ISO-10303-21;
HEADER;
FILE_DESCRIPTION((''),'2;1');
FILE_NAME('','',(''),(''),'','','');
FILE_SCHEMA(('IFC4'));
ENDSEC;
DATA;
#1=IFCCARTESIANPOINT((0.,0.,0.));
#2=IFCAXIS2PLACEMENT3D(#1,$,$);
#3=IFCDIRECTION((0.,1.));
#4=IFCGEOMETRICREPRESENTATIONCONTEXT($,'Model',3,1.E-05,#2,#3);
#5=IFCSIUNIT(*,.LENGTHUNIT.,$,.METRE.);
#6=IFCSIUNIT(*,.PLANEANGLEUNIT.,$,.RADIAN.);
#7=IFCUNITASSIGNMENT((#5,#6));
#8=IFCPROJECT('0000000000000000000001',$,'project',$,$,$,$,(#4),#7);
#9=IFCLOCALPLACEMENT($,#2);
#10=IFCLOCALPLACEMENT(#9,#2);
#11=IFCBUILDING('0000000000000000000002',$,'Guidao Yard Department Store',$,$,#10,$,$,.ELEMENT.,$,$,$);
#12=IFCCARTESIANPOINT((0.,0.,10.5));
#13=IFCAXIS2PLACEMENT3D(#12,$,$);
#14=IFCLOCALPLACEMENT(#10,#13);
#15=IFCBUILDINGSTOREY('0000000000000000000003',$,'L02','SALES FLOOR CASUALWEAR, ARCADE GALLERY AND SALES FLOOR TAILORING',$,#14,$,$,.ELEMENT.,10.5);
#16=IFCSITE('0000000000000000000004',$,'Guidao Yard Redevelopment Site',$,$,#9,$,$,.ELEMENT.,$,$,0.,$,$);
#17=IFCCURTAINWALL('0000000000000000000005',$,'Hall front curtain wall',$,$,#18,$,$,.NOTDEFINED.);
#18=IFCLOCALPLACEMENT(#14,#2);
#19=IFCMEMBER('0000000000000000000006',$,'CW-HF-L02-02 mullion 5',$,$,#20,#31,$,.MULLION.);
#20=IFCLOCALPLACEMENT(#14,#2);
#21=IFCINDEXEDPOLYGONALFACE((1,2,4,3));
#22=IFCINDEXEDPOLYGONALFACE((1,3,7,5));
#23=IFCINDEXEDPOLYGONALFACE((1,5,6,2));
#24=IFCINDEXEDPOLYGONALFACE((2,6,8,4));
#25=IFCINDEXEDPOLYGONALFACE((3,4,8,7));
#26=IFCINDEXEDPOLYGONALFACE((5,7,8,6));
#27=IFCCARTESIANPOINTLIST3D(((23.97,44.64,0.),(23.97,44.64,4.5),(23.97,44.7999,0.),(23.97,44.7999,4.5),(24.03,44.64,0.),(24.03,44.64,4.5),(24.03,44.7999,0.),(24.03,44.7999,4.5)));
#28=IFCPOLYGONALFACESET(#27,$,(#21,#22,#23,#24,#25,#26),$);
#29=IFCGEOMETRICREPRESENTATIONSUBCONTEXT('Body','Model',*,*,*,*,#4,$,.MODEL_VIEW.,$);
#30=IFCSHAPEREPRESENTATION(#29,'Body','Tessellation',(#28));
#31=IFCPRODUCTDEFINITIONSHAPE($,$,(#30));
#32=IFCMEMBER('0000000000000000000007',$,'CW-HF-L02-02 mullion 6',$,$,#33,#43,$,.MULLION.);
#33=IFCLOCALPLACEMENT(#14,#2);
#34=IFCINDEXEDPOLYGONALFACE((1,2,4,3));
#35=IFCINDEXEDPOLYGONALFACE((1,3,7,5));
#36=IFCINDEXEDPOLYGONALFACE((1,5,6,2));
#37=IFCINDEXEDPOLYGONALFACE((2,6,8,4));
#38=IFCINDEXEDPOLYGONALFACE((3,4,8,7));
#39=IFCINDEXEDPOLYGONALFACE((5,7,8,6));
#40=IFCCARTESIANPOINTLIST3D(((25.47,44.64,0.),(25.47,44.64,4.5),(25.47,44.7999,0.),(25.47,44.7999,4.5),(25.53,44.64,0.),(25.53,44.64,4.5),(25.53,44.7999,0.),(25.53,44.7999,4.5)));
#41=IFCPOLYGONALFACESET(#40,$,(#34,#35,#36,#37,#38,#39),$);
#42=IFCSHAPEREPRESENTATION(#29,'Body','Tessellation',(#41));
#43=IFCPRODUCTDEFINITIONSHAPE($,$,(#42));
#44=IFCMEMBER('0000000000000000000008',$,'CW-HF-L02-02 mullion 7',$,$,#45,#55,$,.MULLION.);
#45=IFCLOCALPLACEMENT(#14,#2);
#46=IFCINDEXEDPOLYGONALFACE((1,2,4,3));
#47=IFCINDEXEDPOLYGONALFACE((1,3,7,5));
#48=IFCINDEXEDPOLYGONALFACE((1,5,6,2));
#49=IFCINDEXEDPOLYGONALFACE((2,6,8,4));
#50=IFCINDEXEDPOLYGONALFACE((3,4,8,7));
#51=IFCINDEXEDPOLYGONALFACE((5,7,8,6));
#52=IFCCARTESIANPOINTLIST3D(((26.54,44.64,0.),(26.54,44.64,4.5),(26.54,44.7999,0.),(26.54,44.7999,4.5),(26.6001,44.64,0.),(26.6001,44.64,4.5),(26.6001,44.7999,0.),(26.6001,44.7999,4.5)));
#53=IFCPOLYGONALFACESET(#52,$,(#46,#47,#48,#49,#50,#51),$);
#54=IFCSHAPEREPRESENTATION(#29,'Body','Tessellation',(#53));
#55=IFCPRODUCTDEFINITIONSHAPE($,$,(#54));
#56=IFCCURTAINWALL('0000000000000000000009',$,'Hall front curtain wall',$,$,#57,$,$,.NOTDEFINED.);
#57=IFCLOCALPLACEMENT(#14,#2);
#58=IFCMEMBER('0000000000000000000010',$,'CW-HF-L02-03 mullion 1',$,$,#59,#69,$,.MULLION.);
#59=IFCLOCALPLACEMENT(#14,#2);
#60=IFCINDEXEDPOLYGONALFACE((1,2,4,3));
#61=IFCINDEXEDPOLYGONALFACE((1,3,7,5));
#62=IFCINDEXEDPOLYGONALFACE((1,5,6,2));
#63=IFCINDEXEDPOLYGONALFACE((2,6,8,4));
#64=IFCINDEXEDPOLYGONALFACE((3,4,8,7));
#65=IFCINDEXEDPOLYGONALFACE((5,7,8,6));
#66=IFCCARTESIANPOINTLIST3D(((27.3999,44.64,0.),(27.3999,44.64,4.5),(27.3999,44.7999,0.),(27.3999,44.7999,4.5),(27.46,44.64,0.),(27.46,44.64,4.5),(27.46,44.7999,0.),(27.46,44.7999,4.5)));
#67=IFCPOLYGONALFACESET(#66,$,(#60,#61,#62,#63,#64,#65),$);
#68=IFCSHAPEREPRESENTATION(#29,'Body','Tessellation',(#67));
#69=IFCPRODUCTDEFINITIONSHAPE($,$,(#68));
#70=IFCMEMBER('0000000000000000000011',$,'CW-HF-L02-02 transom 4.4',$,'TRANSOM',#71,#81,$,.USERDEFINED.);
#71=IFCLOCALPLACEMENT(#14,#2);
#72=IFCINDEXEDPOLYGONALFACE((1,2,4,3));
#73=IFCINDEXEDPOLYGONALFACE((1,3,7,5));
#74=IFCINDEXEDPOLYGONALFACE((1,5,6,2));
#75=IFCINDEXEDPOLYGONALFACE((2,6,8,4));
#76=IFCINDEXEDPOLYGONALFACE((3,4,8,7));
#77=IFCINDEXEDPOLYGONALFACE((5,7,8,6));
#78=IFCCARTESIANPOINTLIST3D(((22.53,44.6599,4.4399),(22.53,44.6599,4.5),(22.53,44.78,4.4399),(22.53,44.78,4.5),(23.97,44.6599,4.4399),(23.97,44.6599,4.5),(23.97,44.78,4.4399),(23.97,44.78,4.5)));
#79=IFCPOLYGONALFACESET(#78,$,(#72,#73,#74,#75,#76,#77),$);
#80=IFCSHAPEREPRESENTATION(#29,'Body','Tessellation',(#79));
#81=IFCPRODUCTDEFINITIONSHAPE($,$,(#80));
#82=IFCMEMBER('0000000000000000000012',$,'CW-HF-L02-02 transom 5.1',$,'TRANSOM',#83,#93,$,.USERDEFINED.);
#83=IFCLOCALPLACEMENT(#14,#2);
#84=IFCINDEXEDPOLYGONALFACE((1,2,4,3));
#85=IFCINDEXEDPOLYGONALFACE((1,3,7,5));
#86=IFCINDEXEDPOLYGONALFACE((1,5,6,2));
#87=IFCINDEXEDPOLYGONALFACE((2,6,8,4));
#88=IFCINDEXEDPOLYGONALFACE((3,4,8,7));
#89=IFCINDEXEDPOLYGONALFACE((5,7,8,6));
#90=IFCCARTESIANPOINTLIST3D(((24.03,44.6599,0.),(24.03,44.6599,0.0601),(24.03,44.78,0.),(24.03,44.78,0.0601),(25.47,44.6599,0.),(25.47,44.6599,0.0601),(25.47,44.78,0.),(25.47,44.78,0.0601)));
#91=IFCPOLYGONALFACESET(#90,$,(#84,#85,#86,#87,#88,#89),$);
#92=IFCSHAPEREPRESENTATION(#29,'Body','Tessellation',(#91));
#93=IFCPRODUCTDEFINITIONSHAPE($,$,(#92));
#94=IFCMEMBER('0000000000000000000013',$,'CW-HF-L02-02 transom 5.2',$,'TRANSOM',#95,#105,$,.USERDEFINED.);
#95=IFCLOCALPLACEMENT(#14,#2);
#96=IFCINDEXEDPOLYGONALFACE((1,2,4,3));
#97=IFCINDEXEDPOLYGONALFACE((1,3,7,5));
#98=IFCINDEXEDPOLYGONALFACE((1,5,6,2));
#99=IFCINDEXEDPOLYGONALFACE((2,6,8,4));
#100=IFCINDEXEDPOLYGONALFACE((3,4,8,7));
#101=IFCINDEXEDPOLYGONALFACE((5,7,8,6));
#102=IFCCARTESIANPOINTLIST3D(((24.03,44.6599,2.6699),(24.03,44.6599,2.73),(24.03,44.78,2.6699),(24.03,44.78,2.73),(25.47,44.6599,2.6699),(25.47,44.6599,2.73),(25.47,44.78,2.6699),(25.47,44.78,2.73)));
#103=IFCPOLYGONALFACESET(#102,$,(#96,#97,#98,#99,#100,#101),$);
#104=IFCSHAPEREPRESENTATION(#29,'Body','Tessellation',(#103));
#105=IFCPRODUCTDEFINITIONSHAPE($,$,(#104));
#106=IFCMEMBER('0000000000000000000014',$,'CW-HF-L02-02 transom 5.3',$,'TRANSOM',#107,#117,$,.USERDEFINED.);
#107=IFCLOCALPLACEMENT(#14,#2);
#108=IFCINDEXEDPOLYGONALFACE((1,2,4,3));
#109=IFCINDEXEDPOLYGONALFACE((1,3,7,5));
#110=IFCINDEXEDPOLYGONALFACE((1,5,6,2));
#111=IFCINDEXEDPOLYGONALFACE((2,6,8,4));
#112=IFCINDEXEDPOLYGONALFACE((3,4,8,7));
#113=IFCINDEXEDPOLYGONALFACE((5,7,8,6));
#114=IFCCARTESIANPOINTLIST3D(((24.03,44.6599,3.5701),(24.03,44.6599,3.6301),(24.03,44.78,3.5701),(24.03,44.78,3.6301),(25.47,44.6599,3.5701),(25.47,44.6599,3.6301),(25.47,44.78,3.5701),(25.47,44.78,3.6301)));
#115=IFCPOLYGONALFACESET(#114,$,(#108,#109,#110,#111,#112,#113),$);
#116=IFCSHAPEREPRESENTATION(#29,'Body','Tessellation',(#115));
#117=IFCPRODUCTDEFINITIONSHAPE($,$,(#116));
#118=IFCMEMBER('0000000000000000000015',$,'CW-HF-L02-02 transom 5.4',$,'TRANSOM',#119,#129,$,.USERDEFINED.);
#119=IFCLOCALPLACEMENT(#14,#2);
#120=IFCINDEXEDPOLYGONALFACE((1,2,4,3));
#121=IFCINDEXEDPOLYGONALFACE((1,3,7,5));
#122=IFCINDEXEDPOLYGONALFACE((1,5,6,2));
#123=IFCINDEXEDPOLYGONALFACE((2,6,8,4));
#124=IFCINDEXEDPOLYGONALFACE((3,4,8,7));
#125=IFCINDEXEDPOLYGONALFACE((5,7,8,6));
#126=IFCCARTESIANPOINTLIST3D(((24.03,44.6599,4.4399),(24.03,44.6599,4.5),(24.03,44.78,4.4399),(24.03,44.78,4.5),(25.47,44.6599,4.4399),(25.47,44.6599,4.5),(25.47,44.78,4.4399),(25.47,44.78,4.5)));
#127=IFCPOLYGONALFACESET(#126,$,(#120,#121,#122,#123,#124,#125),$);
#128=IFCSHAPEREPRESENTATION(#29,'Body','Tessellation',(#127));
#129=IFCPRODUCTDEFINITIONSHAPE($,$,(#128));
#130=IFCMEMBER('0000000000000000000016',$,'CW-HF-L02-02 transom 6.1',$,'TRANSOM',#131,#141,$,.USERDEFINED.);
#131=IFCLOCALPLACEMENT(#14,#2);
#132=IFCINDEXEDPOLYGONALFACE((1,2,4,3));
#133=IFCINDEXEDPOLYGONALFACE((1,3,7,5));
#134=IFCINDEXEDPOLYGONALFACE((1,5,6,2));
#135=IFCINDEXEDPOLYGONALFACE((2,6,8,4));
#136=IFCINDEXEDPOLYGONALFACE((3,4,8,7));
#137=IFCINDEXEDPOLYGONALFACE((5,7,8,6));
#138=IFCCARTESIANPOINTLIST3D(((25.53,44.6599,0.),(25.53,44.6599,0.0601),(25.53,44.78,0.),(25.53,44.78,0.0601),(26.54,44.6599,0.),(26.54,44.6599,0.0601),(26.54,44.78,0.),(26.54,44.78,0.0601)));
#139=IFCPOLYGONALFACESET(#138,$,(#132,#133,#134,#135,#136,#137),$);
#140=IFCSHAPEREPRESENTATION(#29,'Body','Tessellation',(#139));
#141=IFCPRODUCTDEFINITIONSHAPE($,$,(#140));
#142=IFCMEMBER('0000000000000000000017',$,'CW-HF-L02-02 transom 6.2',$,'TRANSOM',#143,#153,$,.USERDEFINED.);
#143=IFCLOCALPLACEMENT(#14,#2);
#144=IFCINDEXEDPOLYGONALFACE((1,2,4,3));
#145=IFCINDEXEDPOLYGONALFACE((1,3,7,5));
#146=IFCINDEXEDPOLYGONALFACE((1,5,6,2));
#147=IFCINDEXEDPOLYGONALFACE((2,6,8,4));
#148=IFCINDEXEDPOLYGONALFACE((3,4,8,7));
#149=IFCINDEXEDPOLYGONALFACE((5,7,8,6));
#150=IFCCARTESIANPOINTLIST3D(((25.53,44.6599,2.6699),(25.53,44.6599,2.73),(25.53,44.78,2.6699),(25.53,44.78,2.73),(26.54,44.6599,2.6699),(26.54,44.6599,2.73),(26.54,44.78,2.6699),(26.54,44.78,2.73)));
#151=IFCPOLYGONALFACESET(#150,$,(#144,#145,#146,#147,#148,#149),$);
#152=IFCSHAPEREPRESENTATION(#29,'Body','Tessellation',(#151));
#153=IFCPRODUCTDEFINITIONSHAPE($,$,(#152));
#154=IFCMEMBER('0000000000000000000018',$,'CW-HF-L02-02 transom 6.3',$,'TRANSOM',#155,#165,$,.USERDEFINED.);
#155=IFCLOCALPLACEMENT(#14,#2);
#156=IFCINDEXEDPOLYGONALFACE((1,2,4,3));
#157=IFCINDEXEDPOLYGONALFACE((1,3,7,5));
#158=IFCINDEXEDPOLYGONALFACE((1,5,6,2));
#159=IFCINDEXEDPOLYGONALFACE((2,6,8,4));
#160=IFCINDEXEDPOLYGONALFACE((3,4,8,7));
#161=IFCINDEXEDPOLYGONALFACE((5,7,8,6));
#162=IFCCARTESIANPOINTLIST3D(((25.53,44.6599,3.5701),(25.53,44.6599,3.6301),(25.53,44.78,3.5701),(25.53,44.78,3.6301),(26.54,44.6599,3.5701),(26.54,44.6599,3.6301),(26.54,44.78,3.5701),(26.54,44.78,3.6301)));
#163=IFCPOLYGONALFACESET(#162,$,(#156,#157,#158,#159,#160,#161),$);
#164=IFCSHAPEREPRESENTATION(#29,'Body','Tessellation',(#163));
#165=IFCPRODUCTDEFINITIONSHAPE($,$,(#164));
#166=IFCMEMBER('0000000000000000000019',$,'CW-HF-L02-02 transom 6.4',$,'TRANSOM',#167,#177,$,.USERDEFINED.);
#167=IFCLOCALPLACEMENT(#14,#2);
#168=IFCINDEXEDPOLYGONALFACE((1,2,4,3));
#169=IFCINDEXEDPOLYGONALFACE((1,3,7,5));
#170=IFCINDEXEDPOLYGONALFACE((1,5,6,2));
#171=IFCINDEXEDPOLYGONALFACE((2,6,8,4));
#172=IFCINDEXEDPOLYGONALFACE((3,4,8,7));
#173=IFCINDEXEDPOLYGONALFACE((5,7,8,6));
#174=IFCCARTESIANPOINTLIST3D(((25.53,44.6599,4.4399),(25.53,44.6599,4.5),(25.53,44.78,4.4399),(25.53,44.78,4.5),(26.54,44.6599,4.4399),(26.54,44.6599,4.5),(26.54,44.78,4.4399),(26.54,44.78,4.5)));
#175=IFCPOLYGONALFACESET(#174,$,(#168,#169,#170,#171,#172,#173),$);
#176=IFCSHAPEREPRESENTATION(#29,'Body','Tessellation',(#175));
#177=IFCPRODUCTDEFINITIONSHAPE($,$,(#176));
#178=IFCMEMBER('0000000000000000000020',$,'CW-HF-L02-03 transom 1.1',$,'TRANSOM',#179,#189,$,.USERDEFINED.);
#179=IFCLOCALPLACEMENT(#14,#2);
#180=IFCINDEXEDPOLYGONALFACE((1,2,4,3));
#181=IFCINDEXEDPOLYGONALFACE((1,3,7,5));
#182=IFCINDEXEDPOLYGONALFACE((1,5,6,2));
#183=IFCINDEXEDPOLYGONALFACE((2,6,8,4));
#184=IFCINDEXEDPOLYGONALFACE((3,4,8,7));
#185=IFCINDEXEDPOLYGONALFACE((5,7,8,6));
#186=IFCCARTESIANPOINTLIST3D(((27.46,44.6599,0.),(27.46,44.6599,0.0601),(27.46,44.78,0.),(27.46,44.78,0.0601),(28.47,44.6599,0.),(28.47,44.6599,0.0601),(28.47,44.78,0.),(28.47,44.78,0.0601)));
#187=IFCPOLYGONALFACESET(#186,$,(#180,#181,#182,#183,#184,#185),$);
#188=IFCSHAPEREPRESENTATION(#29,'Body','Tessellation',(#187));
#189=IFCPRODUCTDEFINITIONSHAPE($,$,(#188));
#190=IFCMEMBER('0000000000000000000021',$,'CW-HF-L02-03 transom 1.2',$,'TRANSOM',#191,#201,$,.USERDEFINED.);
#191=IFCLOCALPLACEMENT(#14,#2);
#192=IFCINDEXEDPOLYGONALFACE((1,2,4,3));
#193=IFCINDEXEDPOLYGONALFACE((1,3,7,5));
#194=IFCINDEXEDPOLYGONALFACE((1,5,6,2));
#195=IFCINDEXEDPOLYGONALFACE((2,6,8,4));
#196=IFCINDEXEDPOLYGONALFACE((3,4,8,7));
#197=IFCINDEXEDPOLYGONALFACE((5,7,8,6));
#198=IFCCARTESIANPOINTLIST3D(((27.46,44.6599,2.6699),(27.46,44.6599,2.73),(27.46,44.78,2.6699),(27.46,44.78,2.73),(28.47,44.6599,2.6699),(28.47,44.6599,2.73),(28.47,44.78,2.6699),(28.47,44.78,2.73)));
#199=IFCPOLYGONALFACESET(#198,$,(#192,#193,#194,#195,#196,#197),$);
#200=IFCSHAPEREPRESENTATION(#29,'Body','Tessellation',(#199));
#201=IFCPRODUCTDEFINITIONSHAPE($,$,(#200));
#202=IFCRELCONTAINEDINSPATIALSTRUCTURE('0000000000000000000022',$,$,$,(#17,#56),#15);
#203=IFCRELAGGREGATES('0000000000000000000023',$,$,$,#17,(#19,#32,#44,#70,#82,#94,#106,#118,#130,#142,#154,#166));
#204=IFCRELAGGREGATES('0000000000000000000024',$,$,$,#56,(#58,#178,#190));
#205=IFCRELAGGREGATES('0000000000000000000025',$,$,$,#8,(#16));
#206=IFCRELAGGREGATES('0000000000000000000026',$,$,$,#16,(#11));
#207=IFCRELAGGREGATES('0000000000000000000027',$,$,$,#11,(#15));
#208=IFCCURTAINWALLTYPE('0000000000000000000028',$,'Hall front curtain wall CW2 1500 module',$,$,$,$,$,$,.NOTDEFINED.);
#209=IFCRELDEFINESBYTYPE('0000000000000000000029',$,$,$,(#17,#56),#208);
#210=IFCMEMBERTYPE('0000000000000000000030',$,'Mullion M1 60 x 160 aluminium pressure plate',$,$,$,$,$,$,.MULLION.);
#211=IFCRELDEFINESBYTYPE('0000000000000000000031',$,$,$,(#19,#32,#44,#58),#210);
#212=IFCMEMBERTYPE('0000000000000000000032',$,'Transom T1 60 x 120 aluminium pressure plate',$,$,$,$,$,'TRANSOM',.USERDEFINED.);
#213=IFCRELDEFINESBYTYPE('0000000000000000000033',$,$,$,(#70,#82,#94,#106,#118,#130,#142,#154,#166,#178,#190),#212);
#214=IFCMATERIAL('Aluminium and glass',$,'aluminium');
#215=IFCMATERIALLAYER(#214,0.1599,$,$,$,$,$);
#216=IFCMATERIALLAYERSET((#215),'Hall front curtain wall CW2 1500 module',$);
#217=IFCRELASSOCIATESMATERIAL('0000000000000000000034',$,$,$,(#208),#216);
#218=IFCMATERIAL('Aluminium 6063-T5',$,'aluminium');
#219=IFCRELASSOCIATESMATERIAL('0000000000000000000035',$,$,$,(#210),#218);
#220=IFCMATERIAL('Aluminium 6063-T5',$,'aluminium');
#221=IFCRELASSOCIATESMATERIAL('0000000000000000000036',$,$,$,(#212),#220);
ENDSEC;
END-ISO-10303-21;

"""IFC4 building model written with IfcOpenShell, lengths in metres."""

from ifc_helpers import new_model, si_unit, direction, frame, origin, origin_2d, place, context, subcontext, project, spatial, rectangle, extrude, material, layer, layer_set, material_profile, profile_set, type_object, element, aggregate, save


model = new_model("IFC4")

# Units and contexts
model_context = context("Model", 3, precision=1e-05, world=origin(), true_north=direction((0.0, 1.0)))
body_context = subcontext(model_context, "Body", "Model", "MODEL_VIEW")
ifc_project = project(units=[si_unit("LENGTHUNIT", "METRE"), si_unit("PLANEANGLEUNIT", "RADIAN")], contexts=[model_context])

# Site, building, storey
site_placement = place(None, origin())
site = spatial("IfcSite", under=ifc_project, at=site_placement, Name="Guidao Yard Redevelopment Site", CompositionType="ELEMENT", RefElevation=0.0)
building_placement = place(site_placement, origin())
building = spatial("IfcBuilding", under=site, at=building_placement, Name="Guidao Yard Department Store", CompositionType="ELEMENT")
storey_placement = place(building_placement, frame((0.0, 0.0, 10.5)))
storey = spatial("IfcBuildingStorey", under=building, at=storey_placement, Name="L02", Description="SALES FLOOR CASUALWEAR, ARCADE GALLERY AND SALES FLOOR TAILORING", CompositionType="ELEMENT", Elevation=10.5)

# Curtain wall, members
ifc_material_1 = material(Name="Aluminium and glass", Category="aluminium")
ifc_layer_1 = layer(ifc_material_1, 0.1599)
ifc_layer_set_1 = layer_set([ifc_layer_1], Name="Hall front curtain wall CW2 1500 module")
curtain_wall_type = type_object("IfcCurtainWallType", Name="Hall front curtain wall CW2 1500 module", PredefinedType="NOTDEFINED", material=ifc_layer_set_1)
curtain_wall_1_placement = place(storey_placement, origin())
curtain_wall_1 = element("IfcCurtainWall", 1, at=curtain_wall_1_placement, inside=storey, type_object=curtain_wall_type, Name="Hall front curtain wall", PredefinedType="NOTDEFINED")
ifc_material_2 = material(Name="Aluminium 6063-T5", Category="aluminium")
ifc_material_profile_1 = material_profile(ifc_material_2, rectangle(XDim=0.0601, YDim=0.1599, at=origin_2d()), Name="Mullion M1 60 x 160 aluminium pressure plate")
ifc_profile_set_1 = profile_set([ifc_material_profile_1], Name="Aluminium 6063-T5")
member_type_1 = type_object("IfcMemberType", Name="Mullion M1 60 x 160 aluminium pressure plate", PredefinedType="MULLION", material=ifc_profile_set_1)
member_1_placement = place(storey_placement, frame((24.0, 44.72, 0.0), z_axis=(0.0, 0.0, 1.0), x_axis=(-1.0, 0.0, 0.0)))
member_1 = element("IfcMember", 2, at=member_1_placement, type_object=member_type_1, Name="CW-HF-L02-02 mullion 5", PredefinedType="MULLION", context=body_context, shape_type="SweptSolid", body=[
    extrude(rectangle(XDim=0.0601, YDim=0.1599, at=origin_2d()), origin(), (0.0, 0.0, 1.0), 4.5),
])
member_2_placement = place(storey_placement, frame((25.5, 44.72, 0.0), z_axis=(0.0, 0.0, 1.0), x_axis=(-1.0, 0.0, 0.0)))
member_2 = element("IfcMember", 3, at=member_2_placement, type_object=member_type_1, Name="CW-HF-L02-02 mullion 6", PredefinedType="MULLION", context=body_context, shape_type="SweptSolid", body=[
    extrude(rectangle(XDim=0.0601, YDim=0.1599, at=origin_2d()), origin(), (0.0, 0.0, 1.0), 4.5),
])
member_3_placement = place(storey_placement, frame((26.5701, 44.72, 0.0), z_axis=(0.0, 0.0, 1.0), x_axis=(-1.0, 0.0, 0.0)))
member_3 = element("IfcMember", 4, at=member_3_placement, type_object=member_type_1, Name="CW-HF-L02-02 mullion 7", PredefinedType="MULLION", context=body_context, shape_type="SweptSolid", body=[
    extrude(rectangle(XDim=0.0601, YDim=0.1599, at=origin_2d()), origin(), (0.0, 0.0, 1.0), 4.5),
])

# Curtain wall, member
curtain_wall_2_placement = place(storey_placement, origin())
curtain_wall_2 = element("IfcCurtainWall", 5, at=curtain_wall_2_placement, inside=storey, type_object=curtain_wall_type, Name="Hall front curtain wall", PredefinedType="NOTDEFINED")
member_4_placement = place(storey_placement, frame((27.4299, 44.72, 0.0), z_axis=(0.0, 0.0, 1.0), x_axis=(-1.0, 0.0, 0.0)))
member_4 = element("IfcMember", 6, at=member_4_placement, type_object=member_type_1, Name="CW-HF-L02-03 mullion 1", PredefinedType="MULLION", context=body_context, shape_type="SweptSolid", body=[
    extrude(rectangle(XDim=0.0601, YDim=0.1599, at=origin_2d()), origin(), (0.0, 0.0, 1.0), 4.5),
])

# Members
ifc_material_3 = material(Name="Aluminium 6063-T5", Category="aluminium")
ifc_material_profile_2 = material_profile(ifc_material_3, rectangle(XDim=0.1201, YDim=0.0601, at=origin_2d()), Name="Transom T1 60 x 120 aluminium pressure plate")
ifc_profile_set_2 = profile_set([ifc_material_profile_2], Name="Aluminium 6063-T5")
member_type_2 = type_object("IfcMemberType", Name="Transom T1 60 x 120 aluminium pressure plate", ElementType="TRANSOM", PredefinedType="USERDEFINED", material=ifc_profile_set_2)
member_5_placement = place(storey_placement, frame((23.97, 44.72, 4.47), z_axis=(-1.0, 0.0, 0.0), x_axis=(0.0, -1.0, 0.0)))
member_5 = element("IfcMember", 7, at=member_5_placement, type_object=member_type_2, Name="CW-HF-L02-02 transom 4.4", ObjectType="TRANSOM", PredefinedType="USERDEFINED", context=body_context, shape_type="SweptSolid", body=[
    extrude(rectangle(XDim=0.1201, YDim=0.0601, at=origin_2d()), origin(), (0.0, 0.0, 1.0), 1.4399),
])
member_6_placement = place(storey_placement, frame((25.47, 44.72, 0.03), z_axis=(-1.0, 0.0, 0.0), x_axis=(0.0, -1.0, 0.0)))
member_6 = element("IfcMember", 8, at=member_6_placement, type_object=member_type_2, Name="CW-HF-L02-02 transom 5.1", ObjectType="TRANSOM", PredefinedType="USERDEFINED", context=body_context, shape_type="SweptSolid", body=[
    extrude(rectangle(XDim=0.1201, YDim=0.0601, at=origin_2d()), origin(), (0.0, 0.0, 1.0), 1.4399),
])
member_7_placement = place(storey_placement, frame((25.47, 44.72, 2.7), z_axis=(-1.0, 0.0, 0.0), x_axis=(0.0, -1.0, 0.0)))
member_7 = element("IfcMember", 9, at=member_7_placement, type_object=member_type_2, Name="CW-HF-L02-02 transom 5.2", ObjectType="TRANSOM", PredefinedType="USERDEFINED", context=body_context, shape_type="SweptSolid", body=[
    extrude(rectangle(XDim=0.1201, YDim=0.0601, at=origin_2d()), origin(), (0.0, 0.0, 1.0), 1.4399),
])
member_8_placement = place(storey_placement, frame((25.47, 44.72, 3.6001), z_axis=(-1.0, 0.0, 0.0), x_axis=(0.0, -1.0, 0.0)))
member_8 = element("IfcMember", 10, at=member_8_placement, type_object=member_type_2, Name="CW-HF-L02-02 transom 5.3", ObjectType="TRANSOM", PredefinedType="USERDEFINED", context=body_context, shape_type="SweptSolid", body=[
    extrude(rectangle(XDim=0.1201, YDim=0.0601, at=origin_2d()), origin(), (0.0, 0.0, 1.0), 1.4399),
])
member_9_placement = place(storey_placement, frame((25.47, 44.72, 4.47), z_axis=(-1.0, 0.0, 0.0), x_axis=(0.0, -1.0, 0.0)))
member_9 = element("IfcMember", 11, at=member_9_placement, type_object=member_type_2, Name="CW-HF-L02-02 transom 5.4", ObjectType="TRANSOM", PredefinedType="USERDEFINED", context=body_context, shape_type="SweptSolid", body=[
    extrude(rectangle(XDim=0.1201, YDim=0.0601, at=origin_2d()), origin(), (0.0, 0.0, 1.0), 1.4399),
])
member_10_placement = place(storey_placement, frame((26.54, 44.72, 0.03), z_axis=(-1.0, 0.0, 0.0), x_axis=(0.0, -1.0, 0.0)))
member_10 = element("IfcMember", 12, at=member_10_placement, type_object=member_type_2, Name="CW-HF-L02-02 transom 6.1", ObjectType="TRANSOM", PredefinedType="USERDEFINED", context=body_context, shape_type="SweptSolid", body=[
    extrude(rectangle(XDim=0.1201, YDim=0.0601, at=origin_2d()), origin(), (0.0, 0.0, 1.0), 1.01),
])
member_11_placement = place(storey_placement, frame((26.54, 44.72, 2.7), z_axis=(-1.0, 0.0, 0.0), x_axis=(0.0, -1.0, 0.0)))
member_11 = element("IfcMember", 13, at=member_11_placement, type_object=member_type_2, Name="CW-HF-L02-02 transom 6.2", ObjectType="TRANSOM", PredefinedType="USERDEFINED", context=body_context, shape_type="SweptSolid", body=[
    extrude(rectangle(XDim=0.1201, YDim=0.0601, at=origin_2d()), origin(), (0.0, 0.0, 1.0), 1.01),
])
member_12_placement = place(storey_placement, frame((26.54, 44.72, 3.6001), z_axis=(-1.0, 0.0, 0.0), x_axis=(0.0, -1.0, 0.0)))
member_12 = element("IfcMember", 14, at=member_12_placement, type_object=member_type_2, Name="CW-HF-L02-02 transom 6.3", ObjectType="TRANSOM", PredefinedType="USERDEFINED", context=body_context, shape_type="SweptSolid", body=[
    extrude(rectangle(XDim=0.1201, YDim=0.0601, at=origin_2d()), origin(), (0.0, 0.0, 1.0), 1.01),
])
member_13_placement = place(storey_placement, frame((26.54, 44.72, 4.47), z_axis=(-1.0, 0.0, 0.0), x_axis=(0.0, -1.0, 0.0)))
member_13 = element("IfcMember", 15, at=member_13_placement, type_object=member_type_2, Name="CW-HF-L02-02 transom 6.4", ObjectType="TRANSOM", PredefinedType="USERDEFINED", context=body_context, shape_type="SweptSolid", body=[
    extrude(rectangle(XDim=0.1201, YDim=0.0601, at=origin_2d()), origin(), (0.0, 0.0, 1.0), 1.01),
])
member_14_placement = place(storey_placement, frame((28.47, 44.72, 0.03), z_axis=(-1.0, 0.0, 0.0), x_axis=(0.0, -1.0, 0.0)))
member_14 = element("IfcMember", 16, at=member_14_placement, type_object=member_type_2, Name="CW-HF-L02-03 transom 1.1", ObjectType="TRANSOM", PredefinedType="USERDEFINED", context=body_context, shape_type="SweptSolid", body=[
    extrude(rectangle(XDim=0.1201, YDim=0.0601, at=origin_2d()), origin(), (0.0, 0.0, 1.0), 1.01),
])
member_15_placement = place(storey_placement, frame((28.47, 44.72, 2.7), z_axis=(-1.0, 0.0, 0.0), x_axis=(0.0, -1.0, 0.0)))
member_15 = element("IfcMember", 17, at=member_15_placement, type_object=member_type_2, Name="CW-HF-L02-03 transom 1.2", ObjectType="TRANSOM", PredefinedType="USERDEFINED", context=body_context, shape_type="SweptSolid", body=[
    extrude(rectangle(XDim=0.1201, YDim=0.0601, at=origin_2d()), origin(), (0.0, 0.0, 1.0), 1.01),
])

aggregate(curtain_wall_1, [member_1, member_2, member_3, member_5, member_6, member_7, member_8, member_9, member_10, member_11, member_12, member_13])
aggregate(curtain_wall_2, [member_4, member_14, member_15])

save(model, "model.ifc")
